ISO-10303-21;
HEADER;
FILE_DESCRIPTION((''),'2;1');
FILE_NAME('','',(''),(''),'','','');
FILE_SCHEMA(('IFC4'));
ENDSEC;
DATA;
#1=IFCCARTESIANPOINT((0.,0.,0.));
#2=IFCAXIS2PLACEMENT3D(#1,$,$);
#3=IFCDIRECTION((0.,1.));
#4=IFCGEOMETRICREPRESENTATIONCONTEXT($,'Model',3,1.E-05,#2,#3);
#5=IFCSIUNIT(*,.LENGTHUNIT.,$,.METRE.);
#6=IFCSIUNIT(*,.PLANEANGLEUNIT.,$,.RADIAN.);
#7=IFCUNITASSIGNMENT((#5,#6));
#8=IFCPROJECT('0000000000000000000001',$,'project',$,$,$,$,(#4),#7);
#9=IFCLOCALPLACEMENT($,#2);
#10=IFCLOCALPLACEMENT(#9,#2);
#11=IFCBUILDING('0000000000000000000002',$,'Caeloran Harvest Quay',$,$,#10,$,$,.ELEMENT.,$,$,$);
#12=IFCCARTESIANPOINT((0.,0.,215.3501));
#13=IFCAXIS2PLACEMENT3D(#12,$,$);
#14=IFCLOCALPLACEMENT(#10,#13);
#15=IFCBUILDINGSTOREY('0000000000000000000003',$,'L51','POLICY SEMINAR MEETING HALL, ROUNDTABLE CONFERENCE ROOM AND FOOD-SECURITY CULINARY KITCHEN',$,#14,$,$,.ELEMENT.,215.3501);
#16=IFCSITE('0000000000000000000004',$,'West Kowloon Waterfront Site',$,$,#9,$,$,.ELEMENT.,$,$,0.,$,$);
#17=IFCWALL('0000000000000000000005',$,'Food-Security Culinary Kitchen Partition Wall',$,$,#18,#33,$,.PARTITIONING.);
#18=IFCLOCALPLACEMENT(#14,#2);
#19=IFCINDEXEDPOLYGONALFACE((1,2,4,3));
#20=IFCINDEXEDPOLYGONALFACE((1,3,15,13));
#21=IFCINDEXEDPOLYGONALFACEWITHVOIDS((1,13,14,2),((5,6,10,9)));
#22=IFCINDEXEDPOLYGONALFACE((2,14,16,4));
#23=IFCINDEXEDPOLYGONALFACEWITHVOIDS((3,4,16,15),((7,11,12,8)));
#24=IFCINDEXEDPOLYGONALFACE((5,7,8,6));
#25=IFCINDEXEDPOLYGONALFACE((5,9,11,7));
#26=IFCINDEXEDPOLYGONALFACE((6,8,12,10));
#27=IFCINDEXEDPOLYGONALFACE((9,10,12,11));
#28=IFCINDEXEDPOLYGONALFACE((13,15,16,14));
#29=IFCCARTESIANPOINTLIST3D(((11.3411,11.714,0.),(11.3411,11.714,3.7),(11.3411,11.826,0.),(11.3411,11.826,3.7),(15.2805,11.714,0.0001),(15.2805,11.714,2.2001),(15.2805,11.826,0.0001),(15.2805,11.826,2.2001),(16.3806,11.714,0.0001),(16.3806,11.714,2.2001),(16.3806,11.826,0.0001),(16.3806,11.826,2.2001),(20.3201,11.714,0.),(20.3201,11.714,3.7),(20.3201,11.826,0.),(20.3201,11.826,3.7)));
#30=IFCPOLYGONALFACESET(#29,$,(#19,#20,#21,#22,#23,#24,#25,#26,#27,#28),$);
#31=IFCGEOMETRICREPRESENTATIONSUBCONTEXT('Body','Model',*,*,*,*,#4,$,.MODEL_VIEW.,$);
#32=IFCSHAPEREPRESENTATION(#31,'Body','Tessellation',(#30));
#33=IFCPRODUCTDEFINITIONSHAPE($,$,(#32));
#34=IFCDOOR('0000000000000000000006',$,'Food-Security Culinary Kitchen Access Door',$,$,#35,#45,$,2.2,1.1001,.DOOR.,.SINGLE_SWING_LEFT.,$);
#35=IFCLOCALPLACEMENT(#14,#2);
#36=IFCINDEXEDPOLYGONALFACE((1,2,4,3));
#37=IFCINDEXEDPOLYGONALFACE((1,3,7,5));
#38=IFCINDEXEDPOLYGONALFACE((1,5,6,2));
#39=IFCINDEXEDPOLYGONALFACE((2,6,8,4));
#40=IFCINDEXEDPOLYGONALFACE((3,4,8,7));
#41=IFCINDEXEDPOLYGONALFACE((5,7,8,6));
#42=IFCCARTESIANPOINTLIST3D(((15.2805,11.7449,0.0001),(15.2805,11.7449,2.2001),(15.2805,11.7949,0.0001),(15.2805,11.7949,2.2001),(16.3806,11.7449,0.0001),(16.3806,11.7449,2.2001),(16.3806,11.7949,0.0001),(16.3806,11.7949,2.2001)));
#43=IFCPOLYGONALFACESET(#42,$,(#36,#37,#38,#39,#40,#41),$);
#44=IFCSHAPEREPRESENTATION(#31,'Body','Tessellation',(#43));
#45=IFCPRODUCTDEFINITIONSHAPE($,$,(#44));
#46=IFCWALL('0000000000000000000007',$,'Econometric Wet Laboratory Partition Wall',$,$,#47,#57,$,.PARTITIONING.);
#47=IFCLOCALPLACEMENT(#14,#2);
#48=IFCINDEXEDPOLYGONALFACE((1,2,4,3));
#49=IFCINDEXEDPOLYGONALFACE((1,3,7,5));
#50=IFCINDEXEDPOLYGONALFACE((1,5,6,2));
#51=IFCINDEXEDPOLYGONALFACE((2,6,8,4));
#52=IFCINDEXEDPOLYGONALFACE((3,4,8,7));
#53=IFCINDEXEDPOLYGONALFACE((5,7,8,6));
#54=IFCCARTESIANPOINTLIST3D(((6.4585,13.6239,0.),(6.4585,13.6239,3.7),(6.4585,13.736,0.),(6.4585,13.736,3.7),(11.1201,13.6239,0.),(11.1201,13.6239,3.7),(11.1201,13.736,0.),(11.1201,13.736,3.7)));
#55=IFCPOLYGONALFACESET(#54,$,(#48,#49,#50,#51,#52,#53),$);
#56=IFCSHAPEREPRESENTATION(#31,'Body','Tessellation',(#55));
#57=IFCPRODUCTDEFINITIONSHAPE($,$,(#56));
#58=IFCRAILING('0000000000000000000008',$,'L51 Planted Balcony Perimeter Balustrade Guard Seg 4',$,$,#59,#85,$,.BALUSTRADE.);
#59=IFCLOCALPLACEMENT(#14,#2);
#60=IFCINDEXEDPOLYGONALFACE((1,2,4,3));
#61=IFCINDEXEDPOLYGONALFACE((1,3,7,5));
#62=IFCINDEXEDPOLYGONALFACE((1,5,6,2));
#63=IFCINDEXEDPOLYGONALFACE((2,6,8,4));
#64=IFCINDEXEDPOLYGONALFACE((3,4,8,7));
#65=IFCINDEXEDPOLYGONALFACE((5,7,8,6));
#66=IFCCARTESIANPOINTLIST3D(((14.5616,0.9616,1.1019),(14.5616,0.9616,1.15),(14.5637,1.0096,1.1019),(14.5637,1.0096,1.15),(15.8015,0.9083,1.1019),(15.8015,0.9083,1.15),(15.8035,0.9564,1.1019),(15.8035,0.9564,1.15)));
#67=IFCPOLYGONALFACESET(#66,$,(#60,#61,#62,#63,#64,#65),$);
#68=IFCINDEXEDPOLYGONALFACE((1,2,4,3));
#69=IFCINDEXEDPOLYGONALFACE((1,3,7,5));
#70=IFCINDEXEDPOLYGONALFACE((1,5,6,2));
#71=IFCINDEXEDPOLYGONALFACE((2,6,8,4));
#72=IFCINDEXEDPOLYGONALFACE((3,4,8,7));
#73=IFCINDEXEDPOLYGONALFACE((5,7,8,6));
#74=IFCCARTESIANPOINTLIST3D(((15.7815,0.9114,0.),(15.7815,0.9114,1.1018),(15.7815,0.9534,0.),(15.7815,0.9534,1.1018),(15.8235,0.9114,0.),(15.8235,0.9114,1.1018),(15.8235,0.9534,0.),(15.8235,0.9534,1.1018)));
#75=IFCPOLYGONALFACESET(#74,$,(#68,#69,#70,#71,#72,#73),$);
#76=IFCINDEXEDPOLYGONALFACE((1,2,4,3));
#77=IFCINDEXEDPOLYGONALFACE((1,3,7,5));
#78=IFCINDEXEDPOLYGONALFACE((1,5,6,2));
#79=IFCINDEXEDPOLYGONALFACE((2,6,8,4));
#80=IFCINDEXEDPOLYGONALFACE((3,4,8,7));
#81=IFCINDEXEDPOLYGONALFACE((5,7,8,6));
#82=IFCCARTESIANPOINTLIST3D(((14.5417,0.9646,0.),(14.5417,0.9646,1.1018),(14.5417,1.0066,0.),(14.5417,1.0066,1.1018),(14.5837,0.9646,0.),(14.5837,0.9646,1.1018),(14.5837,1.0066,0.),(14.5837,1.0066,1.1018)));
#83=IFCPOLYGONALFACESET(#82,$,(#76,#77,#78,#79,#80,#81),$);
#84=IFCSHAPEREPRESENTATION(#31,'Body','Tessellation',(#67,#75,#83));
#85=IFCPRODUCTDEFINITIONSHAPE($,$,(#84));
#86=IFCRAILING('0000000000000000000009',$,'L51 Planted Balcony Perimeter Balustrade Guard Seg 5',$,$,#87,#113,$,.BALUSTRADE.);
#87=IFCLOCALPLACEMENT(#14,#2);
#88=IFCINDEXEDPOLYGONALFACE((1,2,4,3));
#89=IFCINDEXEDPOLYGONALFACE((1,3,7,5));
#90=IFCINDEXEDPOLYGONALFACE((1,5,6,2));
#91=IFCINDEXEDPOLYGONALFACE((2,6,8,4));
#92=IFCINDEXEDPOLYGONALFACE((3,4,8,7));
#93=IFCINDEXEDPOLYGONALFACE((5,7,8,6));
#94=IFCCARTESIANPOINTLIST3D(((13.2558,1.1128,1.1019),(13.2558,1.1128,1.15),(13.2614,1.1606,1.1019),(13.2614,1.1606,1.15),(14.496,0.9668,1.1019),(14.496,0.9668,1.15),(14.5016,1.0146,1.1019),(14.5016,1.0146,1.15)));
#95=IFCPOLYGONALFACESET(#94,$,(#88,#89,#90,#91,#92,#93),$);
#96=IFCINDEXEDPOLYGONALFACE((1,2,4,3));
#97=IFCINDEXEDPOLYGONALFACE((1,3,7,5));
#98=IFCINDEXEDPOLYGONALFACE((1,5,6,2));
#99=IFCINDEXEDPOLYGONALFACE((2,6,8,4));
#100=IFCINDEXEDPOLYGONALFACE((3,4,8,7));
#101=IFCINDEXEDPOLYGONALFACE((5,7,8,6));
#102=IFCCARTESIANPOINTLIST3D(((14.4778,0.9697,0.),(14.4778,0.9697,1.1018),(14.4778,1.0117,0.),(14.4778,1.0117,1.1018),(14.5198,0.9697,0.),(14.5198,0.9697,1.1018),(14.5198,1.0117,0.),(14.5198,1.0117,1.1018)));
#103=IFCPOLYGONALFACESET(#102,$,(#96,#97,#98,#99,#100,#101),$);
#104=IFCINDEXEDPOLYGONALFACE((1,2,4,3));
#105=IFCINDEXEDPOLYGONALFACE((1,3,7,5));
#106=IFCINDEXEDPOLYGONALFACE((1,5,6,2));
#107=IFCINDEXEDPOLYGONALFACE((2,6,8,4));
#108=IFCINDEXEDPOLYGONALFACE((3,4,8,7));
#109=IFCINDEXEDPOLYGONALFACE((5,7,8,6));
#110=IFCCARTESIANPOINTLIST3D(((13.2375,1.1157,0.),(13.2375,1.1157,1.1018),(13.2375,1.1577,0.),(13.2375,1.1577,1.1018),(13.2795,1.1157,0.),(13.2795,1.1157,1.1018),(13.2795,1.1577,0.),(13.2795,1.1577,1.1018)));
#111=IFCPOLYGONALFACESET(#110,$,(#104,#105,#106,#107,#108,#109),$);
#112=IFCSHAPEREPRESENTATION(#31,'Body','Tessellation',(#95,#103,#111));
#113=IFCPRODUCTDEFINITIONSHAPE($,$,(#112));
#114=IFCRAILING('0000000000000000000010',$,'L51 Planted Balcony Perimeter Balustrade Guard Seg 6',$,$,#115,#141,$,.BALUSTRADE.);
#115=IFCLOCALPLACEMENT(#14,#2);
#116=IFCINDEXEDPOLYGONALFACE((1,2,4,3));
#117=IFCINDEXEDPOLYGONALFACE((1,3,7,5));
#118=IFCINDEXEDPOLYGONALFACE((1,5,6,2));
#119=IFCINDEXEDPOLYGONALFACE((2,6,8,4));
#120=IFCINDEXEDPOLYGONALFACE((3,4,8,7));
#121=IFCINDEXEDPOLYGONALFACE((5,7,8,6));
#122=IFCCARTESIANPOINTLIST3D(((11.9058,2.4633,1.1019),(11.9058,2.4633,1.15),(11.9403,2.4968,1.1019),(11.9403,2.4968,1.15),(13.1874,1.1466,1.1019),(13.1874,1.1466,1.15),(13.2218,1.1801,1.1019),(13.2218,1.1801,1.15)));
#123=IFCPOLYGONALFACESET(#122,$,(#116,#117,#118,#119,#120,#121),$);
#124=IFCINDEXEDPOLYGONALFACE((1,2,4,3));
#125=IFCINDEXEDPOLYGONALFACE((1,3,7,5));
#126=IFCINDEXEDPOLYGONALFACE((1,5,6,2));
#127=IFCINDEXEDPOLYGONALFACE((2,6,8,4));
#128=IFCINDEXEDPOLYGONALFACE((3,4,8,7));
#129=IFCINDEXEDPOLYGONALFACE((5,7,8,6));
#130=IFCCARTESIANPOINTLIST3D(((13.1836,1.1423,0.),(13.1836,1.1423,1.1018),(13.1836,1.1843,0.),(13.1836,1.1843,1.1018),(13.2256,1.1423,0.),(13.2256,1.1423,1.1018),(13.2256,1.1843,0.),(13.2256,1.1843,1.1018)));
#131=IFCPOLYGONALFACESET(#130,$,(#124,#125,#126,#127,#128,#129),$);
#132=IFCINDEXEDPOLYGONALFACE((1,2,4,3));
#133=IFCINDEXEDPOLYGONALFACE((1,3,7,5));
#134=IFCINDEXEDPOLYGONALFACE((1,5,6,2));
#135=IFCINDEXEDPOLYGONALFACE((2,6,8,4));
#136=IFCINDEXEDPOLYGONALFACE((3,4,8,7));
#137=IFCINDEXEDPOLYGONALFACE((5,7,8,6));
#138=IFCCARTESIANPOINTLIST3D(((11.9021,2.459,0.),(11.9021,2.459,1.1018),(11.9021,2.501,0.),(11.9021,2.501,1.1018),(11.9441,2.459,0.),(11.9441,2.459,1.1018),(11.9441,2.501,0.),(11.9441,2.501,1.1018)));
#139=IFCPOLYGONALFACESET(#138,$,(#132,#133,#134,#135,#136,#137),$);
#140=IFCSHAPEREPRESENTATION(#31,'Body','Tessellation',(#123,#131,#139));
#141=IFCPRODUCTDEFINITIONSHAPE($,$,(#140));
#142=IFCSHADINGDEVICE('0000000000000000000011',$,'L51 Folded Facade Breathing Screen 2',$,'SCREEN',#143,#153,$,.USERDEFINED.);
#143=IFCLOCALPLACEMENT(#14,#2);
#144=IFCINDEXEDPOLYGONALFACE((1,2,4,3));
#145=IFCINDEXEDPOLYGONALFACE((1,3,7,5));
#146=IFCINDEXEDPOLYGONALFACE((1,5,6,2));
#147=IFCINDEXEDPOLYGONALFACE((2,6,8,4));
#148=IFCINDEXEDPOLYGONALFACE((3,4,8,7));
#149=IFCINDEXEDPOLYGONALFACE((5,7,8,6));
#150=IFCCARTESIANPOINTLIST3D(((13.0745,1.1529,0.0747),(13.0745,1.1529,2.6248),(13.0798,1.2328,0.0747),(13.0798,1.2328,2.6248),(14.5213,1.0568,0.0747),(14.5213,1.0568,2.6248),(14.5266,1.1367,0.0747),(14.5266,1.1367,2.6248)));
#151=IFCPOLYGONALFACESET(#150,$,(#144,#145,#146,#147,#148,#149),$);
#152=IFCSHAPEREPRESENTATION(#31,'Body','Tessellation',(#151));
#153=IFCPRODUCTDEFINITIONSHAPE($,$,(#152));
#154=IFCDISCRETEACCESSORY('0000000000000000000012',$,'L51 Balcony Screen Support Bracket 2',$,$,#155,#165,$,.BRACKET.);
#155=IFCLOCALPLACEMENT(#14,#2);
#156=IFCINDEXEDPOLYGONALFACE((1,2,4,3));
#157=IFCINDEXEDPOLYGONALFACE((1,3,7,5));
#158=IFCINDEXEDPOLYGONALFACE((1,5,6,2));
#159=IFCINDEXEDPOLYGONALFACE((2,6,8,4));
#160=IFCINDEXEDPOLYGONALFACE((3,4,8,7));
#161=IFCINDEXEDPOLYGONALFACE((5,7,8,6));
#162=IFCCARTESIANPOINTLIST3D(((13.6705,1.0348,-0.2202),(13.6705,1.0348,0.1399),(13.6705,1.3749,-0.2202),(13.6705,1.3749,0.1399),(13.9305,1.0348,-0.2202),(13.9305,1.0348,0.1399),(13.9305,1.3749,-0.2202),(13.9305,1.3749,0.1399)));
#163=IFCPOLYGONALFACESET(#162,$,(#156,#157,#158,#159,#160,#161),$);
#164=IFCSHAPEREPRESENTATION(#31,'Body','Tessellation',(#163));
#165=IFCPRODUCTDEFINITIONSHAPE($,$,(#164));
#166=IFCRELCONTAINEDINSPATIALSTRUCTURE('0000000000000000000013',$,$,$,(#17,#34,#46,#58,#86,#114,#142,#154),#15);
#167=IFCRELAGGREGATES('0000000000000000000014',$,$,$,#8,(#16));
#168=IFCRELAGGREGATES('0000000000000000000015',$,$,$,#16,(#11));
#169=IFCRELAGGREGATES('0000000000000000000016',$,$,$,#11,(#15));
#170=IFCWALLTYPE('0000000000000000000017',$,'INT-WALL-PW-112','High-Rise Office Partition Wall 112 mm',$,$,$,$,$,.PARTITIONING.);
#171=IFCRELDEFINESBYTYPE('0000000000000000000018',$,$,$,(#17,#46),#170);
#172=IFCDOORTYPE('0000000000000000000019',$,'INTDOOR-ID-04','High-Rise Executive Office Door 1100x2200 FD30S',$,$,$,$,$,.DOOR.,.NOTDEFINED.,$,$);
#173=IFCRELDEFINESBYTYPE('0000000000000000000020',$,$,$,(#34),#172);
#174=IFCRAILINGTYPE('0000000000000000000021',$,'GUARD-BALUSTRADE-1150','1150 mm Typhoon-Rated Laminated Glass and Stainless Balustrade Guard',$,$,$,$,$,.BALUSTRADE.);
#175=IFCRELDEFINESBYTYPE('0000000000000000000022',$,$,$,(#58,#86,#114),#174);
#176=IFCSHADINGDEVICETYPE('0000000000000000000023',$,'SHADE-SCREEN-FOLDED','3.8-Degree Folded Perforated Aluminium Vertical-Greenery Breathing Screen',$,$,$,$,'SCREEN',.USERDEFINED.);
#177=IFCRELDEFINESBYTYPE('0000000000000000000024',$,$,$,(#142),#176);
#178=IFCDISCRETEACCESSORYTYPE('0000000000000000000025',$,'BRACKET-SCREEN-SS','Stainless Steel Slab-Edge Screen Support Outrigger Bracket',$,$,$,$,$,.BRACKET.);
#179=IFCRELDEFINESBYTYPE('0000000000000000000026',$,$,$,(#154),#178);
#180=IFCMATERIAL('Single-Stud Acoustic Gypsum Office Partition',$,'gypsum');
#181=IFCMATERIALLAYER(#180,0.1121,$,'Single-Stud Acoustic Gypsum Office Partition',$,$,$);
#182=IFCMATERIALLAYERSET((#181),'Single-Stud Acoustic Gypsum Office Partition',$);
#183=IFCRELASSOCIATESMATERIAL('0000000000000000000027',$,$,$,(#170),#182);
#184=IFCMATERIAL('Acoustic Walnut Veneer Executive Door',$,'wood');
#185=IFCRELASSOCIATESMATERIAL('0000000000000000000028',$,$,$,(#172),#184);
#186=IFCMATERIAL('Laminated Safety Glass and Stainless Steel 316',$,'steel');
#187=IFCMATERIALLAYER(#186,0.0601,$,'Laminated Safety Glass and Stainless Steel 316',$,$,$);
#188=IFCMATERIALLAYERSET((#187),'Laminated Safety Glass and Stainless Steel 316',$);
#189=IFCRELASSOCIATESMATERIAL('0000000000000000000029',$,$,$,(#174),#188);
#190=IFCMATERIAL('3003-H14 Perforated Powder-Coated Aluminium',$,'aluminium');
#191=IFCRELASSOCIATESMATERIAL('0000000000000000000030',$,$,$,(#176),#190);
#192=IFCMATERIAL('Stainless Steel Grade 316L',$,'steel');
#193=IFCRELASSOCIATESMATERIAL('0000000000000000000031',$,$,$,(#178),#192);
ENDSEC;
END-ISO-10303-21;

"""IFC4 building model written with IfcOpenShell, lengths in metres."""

from ifc_helpers import new_model, si_unit, direction, frame, frame_2d, origin, origin_2d, place, context, subcontext, project, spatial, rectangle, extrude, material, layer, layer_set, type_object, element, fill, save


model = new_model("IFC4")

# Units and contexts
model_context = context("Model", 3, precision=1e-05, world=origin(), true_north=direction((0.0, 1.0)))
body_context = subcontext(model_context, "Body", "Model", "MODEL_VIEW")
ifc_project = project(units=[si_unit("LENGTHUNIT", "METRE"), si_unit("PLANEANGLEUNIT", "RADIAN")], contexts=[model_context])

# Site, building, storey
site_placement = place(None, origin())
site = spatial("IfcSite", under=ifc_project, at=site_placement, Name="West Kowloon Waterfront Site", CompositionType="ELEMENT", RefElevation=0.0)
building_placement = place(site_placement, origin())
building = spatial("IfcBuilding", under=site, at=building_placement, Name="Caeloran Harvest Quay", CompositionType="ELEMENT")
storey_placement = place(building_placement, frame((0.0, 0.0, 215.3501)))
storey = spatial("IfcBuildingStorey", under=building, at=storey_placement, Name="L51", Description="POLICY SEMINAR MEETING HALL, ROUNDTABLE CONFERENCE ROOM AND FOOD-SECURITY CULINARY KITCHEN", CompositionType="ELEMENT", Elevation=215.3501)

# Shared definitions
ifc_material_1 = material(Name="Single-Stud Acoustic Gypsum Office Partition", Category="gypsum")
ifc_layer_1 = layer(ifc_material_1, 0.1121, Name="Single-Stud Acoustic Gypsum Office Partition")
ifc_layer_set_1 = layer_set([ifc_layer_1], Name="Single-Stud Acoustic Gypsum Office Partition")
wall_type_1 = type_object("IfcWallType", Name="INT-WALL-PW-112", Description="High-Rise Office Partition Wall 112 mm", PredefinedType="PARTITIONING", material=ifc_layer_set_1)

# Wall, opening, door
wall_1_placement = place(storey_placement, frame((11.3411, 11.77, 0.0), z_axis=(0.0, 0.0, 1.0), x_axis=(1.0, 0.0, 0.0)))
wall_1 = element("IfcWall", 1, at=wall_1_placement, inside=storey, type_object=wall_type_1, Name="Food-Security Culinary Kitchen Partition Wall", PredefinedType="PARTITIONING", context=body_context, shape_type="SweptSolid", body=[
    extrude(rectangle(XDim=8.979, YDim=0.1121, at=frame_2d((4.4895, 0.0))), origin(), (0.0, 0.0, 1.0), 3.7),
])
opening_placement = place(wall_1_placement, frame((3.9395, 0.0, 0.0)))
opening = element("IfcOpeningElement", 2, at=opening_placement, cuts=wall_1, PredefinedType="OPENING", context=body_context, shape_type="SweptSolid", body=[
    extrude(rectangle(XDim=1.1001, YDim=2.2, at=frame_2d((0.55, 1.1001))), frame((0.0, 0.0659, 0.0), z_axis=(0.0, -1.0, 0.0), x_axis=(1.0, 0.0, 0.0)), (0.0, 0.0, 1.0), 0.1321),
])
ifc_material_2 = material(Name="Acoustic Walnut Veneer Executive Door", Category="wood")
door_type = type_object("IfcDoorType", Name="INTDOOR-ID-04", Description="High-Rise Executive Office Door 1100x2200 FD30S", OperationType="NOTDEFINED", PredefinedType="DOOR", material=ifc_material_2)
door_placement = place(opening_placement, origin())
door = element("IfcDoor", 3, at=door_placement, inside=storey, type_object=door_type, Name="Food-Security Culinary Kitchen Access Door", OperationType="SINGLE_SWING_LEFT", OverallHeight=2.2, OverallWidth=1.1001, PredefinedType="DOOR", context=body_context, shape_type="SweptSolid", body=[
    extrude(rectangle(XDim=1.1001, YDim=2.2, at=frame_2d((0.55, 1.1001))), frame((0.0, 0.0249, 0.0), z_axis=(0.0, -1.0, 0.0), x_axis=(1.0, 0.0, 0.0)), (0.0, 0.0, 1.0), 0.05),
])
fill(opening, door)

# Wall
wall_2_placement = place(storey_placement, frame((11.1201, 13.6799, 0.0), z_axis=(0.0, 0.0, 1.0), x_axis=(-1.0, 0.0, 0.0)))
element("IfcWall", 4, at=wall_2_placement, inside=storey, type_object=wall_type_1, Name="Econometric Wet Laboratory Partition Wall", PredefinedType="PARTITIONING", context=body_context, shape_type="SweptSolid", body=[
    extrude(rectangle(XDim=4.6616, YDim=0.1121, at=frame_2d((2.3308, 0.0))), origin(), (0.0, 0.0, 1.0), 3.7),
])

# Railings
ifc_material_3 = material(Name="Laminated Safety Glass and Stainless Steel 316", Category="steel")
ifc_layer_2 = layer(ifc_material_3, 0.0601, Name="Laminated Safety Glass and Stainless Steel 316")
ifc_layer_set_2 = layer_set([ifc_layer_2], Name="Laminated Safety Glass and Stainless Steel 316")
railing_type = type_object("IfcRailingType", Name="GUARD-BALUSTRADE-1150", Description="1150 mm Typhoon-Rated Laminated Glass and Stainless Balustrade Guard", PredefinedType="BALUSTRADE", material=ifc_layer_set_2)
railing_1_placement = place(storey_placement, frame((15.8025, 0.9324, 0.0)))
element("IfcRailing", 5, at=railing_1_placement, inside=storey, type_object=railing_type, Name="L51 Planted Balcony Perimeter Balustrade Guard Seg 4", PredefinedType="BALUSTRADE", context=body_context, shape_type="SweptSolid", body=[
    extrude(rectangle(XDim=0.0481, YDim=0.0481, at=origin_2d()), frame((0.0, 0.0, 1.126), z_axis=(-0.99908, 0.042891, 0.0), x_axis=(-0.042891, -0.99908, 0.0)), (0.0, 0.0, 1.0), 1.241),
    extrude(rectangle(XDim=0.042, YDim=0.042, at=origin_2d()), origin(), (0.0, 0.0, 1.0), 1.1018),
    extrude(rectangle(XDim=0.042, YDim=0.042, at=origin_2d()), frame((-1.2397, 0.0532, 0.0)), (0.0, 0.0, 1.0), 1.1018),
])
railing_2_placement = place(storey_placement, frame((14.4988, 0.9907, 0.0)))
element("IfcRailing", 6, at=railing_2_placement, inside=storey, type_object=railing_type, Name="L51 Planted Balcony Perimeter Balustrade Guard Seg 5", PredefinedType="BALUSTRADE", context=body_context, shape_type="SweptSolid", body=[
    extrude(rectangle(XDim=0.0481, YDim=0.0481, at=origin_2d()), frame((0.0, 0.0, 1.126), z_axis=(-0.993143, 0.116909, 0.0), x_axis=(-0.116909, -0.993143, 0.0)), (0.0, 0.0, 1.0), 1.2488),
    extrude(rectangle(XDim=0.042, YDim=0.042, at=origin_2d()), origin(), (0.0, 0.0, 1.0), 1.1018),
    extrude(rectangle(XDim=0.042, YDim=0.042, at=origin_2d()), frame((-1.2402, 0.146, 0.0)), (0.0, 0.0, 1.0), 1.1018),
])
railing_3_placement = place(storey_placement, frame((13.2046, 1.1633, 0.0)))
element("IfcRailing", 7, at=railing_3_placement, inside=storey, type_object=railing_type, Name="L51 Planted Balcony Perimeter Balustrade Guard Seg 6", PredefinedType="BALUSTRADE", context=body_context, shape_type="SweptSolid", body=[
    extrude(rectangle(XDim=0.0481, YDim=0.0481, at=origin_2d()), frame((0.0, 0.0, 1.126), z_axis=(-0.697475, 0.716609, 0.0), x_axis=(-0.716609, -0.697475, 0.0)), (0.0, 0.0, 1.0), 1.8374),
    extrude(rectangle(XDim=0.042, YDim=0.042, at=origin_2d()), origin(), (0.0, 0.0, 1.0), 1.1018),
    extrude(rectangle(XDim=0.042, YDim=0.042, at=origin_2d()), frame((-1.2815, 1.3167, 0.0)), (0.0, 0.0, 1.0), 1.1018),
])

# Shading device
ifc_material_4 = material(Name="3003-H14 Perforated Powder-Coated Aluminium", Category="aluminium")
shading_device_type = type_object("IfcShadingDeviceType", Name="SHADE-SCREEN-FOLDED", Description="3.8-Degree Folded Perforated Aluminium Vertical-Greenery Breathing Screen", ElementType="SCREEN", PredefinedType="USERDEFINED", material=ifc_material_4)
shading_device_placement = place(storey_placement, frame((13.8005, 1.1448, 0.0747), z_axis=(0.0, 0.0, 1.0), x_axis=(0.997801, -0.066274, 0.0)))
element("IfcShadingDevice", 8, at=shading_device_placement, inside=storey, type_object=shading_device_type, Name="L51 Folded Facade Breathing Screen 2", ObjectType="SCREEN", PredefinedType="USERDEFINED", context=body_context, shape_type="SweptSolid", body=[
    extrude(rectangle(XDim=1.45, YDim=0.0801, at=origin_2d()), origin(), (0.0, 0.0, 1.0), 2.55),
])

# Discrete accessory
ifc_material_5 = material(Name="Stainless Steel Grade 316L", Category="steel")
discrete_accessory_type = type_object("IfcDiscreteAccessoryType", Name="BRACKET-SCREEN-SS", Description="Stainless Steel Slab-Edge Screen Support Outrigger Bracket", PredefinedType="BRACKET", material=ifc_material_5)
discrete_accessory_placement = place(storey_placement, frame((13.8005, 1.2048, -0.2202), z_axis=(0.0, 0.0, 1.0), x_axis=(1.0, 0.0, 0.0)))
element("IfcDiscreteAccessory", 9, at=discrete_accessory_placement, inside=storey, type_object=discrete_accessory_type, Name="L51 Balcony Screen Support Bracket 2", PredefinedType="BRACKET", context=body_context, shape_type="SweptSolid", body=[
    extrude(rectangle(XDim=0.26, YDim=0.3401, at=origin_2d()), origin(), (0.0, 0.0, 1.0), 0.3601),
])

save(model, "model.ifc")
